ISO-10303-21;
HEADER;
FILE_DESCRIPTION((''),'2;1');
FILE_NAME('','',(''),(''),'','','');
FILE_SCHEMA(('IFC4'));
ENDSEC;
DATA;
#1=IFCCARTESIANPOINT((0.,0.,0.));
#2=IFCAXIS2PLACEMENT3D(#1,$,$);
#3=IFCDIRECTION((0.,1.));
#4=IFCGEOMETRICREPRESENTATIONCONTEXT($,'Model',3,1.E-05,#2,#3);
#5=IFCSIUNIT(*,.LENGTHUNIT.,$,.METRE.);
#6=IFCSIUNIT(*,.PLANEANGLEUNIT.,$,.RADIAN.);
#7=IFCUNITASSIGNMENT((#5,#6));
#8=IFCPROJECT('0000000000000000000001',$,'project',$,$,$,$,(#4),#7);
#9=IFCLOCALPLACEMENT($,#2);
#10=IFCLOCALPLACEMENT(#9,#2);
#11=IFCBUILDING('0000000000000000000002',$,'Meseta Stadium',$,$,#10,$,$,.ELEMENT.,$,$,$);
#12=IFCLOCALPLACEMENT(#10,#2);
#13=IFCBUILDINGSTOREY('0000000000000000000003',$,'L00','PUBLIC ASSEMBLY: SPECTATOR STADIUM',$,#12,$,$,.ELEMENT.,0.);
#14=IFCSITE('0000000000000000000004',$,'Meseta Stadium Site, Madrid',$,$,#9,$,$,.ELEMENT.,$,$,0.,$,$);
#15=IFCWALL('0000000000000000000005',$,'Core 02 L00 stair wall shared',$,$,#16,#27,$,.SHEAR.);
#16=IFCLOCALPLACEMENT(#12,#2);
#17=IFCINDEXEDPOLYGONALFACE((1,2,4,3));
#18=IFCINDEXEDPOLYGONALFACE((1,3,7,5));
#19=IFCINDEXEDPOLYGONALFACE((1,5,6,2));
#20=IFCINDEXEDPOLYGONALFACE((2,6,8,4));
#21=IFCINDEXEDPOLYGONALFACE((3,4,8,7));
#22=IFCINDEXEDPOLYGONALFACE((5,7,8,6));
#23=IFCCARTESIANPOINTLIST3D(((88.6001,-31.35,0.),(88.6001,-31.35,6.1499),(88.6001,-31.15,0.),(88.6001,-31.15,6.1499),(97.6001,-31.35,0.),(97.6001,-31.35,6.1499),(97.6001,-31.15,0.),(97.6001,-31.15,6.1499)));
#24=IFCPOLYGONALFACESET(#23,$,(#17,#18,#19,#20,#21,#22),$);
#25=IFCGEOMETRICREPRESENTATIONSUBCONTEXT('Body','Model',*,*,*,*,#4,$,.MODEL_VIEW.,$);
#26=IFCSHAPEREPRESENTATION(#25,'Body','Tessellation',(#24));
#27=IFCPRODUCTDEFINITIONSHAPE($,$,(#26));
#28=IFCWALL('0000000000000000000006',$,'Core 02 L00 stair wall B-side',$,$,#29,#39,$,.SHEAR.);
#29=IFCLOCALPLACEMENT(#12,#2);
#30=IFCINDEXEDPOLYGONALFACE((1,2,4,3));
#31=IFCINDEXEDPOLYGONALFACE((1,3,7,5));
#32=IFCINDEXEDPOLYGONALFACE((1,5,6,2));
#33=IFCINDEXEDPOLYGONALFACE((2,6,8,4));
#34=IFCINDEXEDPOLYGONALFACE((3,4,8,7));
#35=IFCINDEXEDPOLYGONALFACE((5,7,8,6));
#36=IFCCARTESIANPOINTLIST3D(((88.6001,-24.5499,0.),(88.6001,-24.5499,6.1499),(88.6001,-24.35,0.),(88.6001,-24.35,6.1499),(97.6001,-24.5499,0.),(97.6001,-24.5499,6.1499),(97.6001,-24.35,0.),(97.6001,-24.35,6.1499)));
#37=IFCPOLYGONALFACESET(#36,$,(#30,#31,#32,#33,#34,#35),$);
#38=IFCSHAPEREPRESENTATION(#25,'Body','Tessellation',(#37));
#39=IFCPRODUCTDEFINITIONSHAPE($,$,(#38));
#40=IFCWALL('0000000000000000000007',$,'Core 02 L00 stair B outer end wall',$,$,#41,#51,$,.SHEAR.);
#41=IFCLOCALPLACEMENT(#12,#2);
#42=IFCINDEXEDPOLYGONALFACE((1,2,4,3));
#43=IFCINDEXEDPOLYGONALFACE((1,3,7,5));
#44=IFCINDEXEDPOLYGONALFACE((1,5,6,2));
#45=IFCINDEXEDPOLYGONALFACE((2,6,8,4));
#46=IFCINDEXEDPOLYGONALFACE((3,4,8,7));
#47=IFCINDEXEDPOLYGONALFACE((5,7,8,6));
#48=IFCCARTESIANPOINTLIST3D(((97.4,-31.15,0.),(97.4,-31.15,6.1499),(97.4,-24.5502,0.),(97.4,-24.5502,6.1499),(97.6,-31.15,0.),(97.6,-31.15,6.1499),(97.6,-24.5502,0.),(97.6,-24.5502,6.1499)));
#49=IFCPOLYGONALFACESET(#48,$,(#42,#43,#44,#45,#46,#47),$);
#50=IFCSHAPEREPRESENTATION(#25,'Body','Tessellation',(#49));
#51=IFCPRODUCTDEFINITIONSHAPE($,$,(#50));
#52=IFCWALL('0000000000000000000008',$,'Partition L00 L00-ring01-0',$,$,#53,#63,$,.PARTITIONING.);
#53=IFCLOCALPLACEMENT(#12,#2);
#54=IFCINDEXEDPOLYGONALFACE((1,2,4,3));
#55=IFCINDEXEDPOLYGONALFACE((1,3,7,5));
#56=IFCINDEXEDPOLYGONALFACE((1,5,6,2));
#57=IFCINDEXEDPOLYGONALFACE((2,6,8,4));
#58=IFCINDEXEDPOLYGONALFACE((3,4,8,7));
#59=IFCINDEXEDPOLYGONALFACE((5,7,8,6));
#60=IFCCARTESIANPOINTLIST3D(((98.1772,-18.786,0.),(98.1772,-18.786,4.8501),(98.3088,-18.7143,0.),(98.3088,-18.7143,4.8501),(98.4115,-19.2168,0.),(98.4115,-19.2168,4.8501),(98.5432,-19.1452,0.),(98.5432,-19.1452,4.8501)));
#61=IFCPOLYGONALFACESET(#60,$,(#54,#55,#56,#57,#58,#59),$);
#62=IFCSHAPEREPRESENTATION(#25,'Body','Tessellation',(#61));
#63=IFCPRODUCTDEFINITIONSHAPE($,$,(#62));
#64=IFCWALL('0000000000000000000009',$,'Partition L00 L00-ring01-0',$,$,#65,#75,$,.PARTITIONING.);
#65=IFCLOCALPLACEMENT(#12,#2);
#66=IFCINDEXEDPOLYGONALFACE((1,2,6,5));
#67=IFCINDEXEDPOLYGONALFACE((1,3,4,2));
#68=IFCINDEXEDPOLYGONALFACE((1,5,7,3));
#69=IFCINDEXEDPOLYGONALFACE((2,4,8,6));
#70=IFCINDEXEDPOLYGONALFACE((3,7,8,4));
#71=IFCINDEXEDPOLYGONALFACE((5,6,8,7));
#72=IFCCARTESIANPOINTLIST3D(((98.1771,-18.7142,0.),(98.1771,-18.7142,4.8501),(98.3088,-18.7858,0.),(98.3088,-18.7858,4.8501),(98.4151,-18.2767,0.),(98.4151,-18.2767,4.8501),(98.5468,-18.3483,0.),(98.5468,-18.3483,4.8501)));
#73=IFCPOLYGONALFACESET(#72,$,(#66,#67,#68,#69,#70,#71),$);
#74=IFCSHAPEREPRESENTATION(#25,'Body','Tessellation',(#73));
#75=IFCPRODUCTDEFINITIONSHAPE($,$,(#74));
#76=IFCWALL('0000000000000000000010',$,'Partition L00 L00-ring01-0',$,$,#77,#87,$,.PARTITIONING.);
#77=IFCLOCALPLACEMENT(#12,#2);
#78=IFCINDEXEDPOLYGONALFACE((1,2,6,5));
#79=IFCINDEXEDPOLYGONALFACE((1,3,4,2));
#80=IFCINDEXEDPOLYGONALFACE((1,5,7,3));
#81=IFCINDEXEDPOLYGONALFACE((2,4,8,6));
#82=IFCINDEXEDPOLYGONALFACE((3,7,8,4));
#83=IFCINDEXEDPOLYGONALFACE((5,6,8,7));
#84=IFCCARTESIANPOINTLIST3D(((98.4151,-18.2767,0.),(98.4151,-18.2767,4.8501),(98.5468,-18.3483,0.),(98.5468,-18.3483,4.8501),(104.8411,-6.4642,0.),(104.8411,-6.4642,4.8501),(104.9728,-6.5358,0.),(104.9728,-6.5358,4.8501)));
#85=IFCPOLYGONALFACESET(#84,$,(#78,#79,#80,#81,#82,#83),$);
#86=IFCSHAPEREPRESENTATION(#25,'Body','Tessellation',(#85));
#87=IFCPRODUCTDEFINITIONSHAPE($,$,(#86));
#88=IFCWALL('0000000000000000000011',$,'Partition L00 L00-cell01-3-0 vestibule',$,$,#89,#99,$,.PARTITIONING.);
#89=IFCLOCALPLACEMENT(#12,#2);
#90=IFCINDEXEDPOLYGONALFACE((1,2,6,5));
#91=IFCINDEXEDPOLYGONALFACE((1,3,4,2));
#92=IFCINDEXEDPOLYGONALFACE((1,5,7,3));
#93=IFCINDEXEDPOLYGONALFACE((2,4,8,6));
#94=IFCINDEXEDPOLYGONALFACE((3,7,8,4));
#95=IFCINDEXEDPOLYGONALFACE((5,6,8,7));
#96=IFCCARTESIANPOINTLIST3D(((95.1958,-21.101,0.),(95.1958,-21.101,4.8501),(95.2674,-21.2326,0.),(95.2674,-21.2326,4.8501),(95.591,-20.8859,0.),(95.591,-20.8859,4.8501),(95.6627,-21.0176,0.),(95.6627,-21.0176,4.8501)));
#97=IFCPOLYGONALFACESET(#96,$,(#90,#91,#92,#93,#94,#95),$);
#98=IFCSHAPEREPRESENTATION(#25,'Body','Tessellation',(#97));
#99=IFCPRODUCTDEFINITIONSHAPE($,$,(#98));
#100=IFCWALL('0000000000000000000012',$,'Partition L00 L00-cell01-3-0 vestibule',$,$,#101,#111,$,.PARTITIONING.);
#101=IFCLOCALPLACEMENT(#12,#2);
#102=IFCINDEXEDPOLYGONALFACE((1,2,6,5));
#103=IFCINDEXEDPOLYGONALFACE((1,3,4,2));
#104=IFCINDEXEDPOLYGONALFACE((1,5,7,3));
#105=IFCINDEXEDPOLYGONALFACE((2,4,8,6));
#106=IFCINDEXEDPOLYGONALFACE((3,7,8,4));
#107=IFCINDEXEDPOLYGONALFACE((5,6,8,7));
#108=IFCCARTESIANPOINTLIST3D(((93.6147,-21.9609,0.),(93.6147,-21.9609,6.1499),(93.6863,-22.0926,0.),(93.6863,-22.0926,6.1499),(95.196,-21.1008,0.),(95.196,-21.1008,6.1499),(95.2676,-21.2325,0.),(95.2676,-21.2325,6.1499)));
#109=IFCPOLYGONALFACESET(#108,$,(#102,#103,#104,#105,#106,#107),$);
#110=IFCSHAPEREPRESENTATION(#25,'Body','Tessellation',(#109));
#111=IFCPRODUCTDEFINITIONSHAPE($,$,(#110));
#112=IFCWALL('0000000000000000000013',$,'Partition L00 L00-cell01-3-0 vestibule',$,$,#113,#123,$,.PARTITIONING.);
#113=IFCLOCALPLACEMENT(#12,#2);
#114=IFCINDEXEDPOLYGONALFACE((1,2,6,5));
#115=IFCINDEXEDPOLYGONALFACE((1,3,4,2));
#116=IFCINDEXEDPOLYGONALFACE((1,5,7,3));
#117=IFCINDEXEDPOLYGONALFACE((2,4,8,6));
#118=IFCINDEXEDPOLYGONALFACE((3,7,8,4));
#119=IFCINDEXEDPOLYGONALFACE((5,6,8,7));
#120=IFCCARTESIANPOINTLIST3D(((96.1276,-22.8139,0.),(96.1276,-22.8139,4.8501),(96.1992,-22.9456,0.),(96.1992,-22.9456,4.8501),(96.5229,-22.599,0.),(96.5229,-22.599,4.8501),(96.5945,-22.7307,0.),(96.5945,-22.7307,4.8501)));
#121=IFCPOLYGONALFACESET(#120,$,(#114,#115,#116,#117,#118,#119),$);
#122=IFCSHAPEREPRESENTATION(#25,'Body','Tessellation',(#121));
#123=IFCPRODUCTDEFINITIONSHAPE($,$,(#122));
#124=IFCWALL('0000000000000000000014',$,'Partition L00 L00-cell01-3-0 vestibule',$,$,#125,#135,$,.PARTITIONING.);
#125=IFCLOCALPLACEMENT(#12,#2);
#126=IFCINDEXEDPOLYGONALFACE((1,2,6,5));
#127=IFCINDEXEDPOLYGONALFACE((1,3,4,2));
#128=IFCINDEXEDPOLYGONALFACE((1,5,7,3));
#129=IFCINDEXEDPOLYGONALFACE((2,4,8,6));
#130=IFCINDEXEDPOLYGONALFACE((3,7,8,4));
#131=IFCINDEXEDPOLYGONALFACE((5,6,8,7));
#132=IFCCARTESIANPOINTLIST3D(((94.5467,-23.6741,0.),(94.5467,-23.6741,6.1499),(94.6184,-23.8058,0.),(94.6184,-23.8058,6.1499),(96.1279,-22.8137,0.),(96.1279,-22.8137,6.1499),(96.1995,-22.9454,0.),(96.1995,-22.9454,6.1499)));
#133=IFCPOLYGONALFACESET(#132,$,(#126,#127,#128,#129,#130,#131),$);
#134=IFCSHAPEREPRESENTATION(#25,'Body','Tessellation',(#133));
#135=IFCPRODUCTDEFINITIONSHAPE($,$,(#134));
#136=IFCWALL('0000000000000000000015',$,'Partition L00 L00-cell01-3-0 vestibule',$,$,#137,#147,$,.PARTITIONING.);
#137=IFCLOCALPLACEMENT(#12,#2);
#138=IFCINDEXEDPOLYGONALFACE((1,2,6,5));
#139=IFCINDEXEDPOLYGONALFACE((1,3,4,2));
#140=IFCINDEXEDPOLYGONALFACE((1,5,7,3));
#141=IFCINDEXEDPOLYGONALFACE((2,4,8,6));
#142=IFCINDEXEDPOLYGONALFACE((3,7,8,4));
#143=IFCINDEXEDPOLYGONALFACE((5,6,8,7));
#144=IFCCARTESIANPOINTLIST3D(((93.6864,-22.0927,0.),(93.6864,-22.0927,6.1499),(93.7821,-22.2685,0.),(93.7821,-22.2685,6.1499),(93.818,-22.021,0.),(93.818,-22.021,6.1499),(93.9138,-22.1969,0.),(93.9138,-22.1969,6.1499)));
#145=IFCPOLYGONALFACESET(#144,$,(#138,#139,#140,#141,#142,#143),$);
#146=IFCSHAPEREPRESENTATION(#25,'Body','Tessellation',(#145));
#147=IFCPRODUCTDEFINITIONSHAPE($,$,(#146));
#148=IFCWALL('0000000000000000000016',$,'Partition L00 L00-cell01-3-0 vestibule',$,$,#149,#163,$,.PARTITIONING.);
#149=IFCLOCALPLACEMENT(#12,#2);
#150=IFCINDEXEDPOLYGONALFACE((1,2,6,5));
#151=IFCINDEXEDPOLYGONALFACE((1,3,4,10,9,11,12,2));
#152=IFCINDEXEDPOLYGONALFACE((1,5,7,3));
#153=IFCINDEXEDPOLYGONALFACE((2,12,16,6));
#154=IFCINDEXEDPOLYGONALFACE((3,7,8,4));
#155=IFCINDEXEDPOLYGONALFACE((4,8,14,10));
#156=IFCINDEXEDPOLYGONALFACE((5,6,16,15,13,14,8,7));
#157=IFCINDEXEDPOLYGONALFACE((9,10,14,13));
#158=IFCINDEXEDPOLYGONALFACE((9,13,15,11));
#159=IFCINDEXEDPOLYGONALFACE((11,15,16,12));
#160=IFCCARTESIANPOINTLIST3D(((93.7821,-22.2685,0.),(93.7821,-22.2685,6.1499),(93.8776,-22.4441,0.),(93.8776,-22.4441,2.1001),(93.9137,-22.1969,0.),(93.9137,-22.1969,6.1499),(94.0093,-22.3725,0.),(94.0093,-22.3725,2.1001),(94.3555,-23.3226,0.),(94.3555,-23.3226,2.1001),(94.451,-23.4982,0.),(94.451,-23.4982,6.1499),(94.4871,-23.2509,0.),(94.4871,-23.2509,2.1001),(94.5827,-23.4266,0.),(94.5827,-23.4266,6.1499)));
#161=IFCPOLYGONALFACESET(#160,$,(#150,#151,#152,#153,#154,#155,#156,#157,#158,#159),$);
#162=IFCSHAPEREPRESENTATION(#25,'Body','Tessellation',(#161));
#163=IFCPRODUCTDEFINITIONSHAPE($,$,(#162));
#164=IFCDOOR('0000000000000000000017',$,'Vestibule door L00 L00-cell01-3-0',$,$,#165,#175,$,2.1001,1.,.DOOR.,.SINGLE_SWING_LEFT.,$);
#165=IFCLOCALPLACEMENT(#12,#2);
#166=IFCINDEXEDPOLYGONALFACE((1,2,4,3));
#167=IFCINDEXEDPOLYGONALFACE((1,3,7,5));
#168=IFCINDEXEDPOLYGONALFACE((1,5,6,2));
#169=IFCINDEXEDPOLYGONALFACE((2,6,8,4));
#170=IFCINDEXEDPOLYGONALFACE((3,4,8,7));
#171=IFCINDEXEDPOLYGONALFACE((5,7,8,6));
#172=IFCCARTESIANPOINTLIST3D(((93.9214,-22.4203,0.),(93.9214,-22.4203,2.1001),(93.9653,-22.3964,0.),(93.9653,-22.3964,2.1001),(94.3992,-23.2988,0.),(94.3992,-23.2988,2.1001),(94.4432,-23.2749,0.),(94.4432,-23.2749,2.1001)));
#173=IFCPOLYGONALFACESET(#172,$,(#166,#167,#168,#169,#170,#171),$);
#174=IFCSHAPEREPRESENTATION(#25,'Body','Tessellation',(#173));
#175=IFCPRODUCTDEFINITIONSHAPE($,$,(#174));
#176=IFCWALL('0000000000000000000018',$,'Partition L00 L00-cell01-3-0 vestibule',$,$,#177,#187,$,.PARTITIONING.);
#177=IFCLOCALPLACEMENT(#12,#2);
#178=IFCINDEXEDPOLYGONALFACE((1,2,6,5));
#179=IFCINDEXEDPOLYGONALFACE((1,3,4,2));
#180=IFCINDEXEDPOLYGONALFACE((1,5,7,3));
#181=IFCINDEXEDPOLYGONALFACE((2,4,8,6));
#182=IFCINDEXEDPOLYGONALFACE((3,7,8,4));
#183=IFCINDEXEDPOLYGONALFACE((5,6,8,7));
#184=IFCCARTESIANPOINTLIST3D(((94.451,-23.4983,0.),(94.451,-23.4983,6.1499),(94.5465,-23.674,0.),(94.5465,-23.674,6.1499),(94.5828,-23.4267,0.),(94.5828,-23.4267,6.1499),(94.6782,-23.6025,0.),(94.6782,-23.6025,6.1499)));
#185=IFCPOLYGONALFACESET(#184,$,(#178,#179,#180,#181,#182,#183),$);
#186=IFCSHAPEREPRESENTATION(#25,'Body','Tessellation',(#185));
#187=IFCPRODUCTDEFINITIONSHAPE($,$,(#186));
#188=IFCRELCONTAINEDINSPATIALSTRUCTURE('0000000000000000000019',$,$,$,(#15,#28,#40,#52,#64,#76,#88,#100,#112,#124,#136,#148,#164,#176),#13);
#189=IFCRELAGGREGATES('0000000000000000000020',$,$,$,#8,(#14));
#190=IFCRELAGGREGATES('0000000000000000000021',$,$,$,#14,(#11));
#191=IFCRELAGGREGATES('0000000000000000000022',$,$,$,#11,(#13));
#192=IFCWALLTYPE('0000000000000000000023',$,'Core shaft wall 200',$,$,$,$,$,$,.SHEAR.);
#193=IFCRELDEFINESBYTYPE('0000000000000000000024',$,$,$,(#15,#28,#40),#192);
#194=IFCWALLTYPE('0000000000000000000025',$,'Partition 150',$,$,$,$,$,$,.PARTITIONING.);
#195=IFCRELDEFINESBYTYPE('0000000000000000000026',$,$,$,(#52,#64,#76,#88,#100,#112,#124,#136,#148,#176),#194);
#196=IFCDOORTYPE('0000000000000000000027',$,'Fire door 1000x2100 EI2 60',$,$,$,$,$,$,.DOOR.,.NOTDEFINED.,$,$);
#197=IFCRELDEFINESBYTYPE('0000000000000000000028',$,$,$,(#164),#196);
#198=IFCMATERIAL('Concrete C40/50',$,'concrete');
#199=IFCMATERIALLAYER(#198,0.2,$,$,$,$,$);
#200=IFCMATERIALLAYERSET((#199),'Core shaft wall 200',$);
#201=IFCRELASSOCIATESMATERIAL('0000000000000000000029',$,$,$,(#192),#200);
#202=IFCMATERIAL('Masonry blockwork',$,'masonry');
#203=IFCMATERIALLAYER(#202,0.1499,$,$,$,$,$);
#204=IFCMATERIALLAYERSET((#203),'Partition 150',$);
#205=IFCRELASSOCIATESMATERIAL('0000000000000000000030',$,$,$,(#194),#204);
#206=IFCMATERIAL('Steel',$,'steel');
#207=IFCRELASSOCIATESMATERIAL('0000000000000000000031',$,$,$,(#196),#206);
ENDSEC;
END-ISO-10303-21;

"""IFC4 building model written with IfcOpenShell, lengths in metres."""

from ifc_helpers import new_model, si_unit, direction, frame, frame_2d, origin, place, context, subcontext, project, spatial, rectangle, extrude, material, layer, layer_set, type_object, element, fill, save


model = new_model("IFC4")

# Units and contexts
model_context = context("Model", 3, precision=1e-05, world=origin(), true_north=direction((0.0, 1.0)))
body_context = subcontext(model_context, "Body", "Model", "MODEL_VIEW")
ifc_project = project(units=[si_unit("LENGTHUNIT", "METRE"), si_unit("PLANEANGLEUNIT", "RADIAN")], contexts=[model_context])

# Site, building, storey
site_placement = place(None, origin())
site = spatial("IfcSite", under=ifc_project, at=site_placement, Name="Meseta Stadium Site, Madrid", CompositionType="ELEMENT", RefElevation=0.0)
building_placement = place(site_placement, origin())
building = spatial("IfcBuilding", under=site, at=building_placement, Name="Meseta Stadium", CompositionType="ELEMENT")
storey_placement = place(building_placement, origin())
storey = spatial("IfcBuildingStorey", under=building, at=storey_placement, Name="L00", Description="PUBLIC ASSEMBLY: SPECTATOR STADIUM", CompositionType="ELEMENT", Elevation=0.0)

# Walls
ifc_material_1 = material(Name="Concrete C40/50", Category="concrete")
ifc_layer_1 = layer(ifc_material_1, 0.2)
ifc_layer_set_1 = layer_set([ifc_layer_1], Name="Core shaft wall 200")
wall_type_1 = type_object("IfcWallType", Name="Core shaft wall 200", PredefinedType="SHEAR", material=ifc_layer_set_1)
for number, where, z_axis, x_axis, name in (
    (1, (97.6001, -31.25, 0.0), (0.0, 0.0, 1.0), (-1.0, 0.0, 0.0), "Core 02 L00 stair wall shared"),
    (2, (97.6001, -24.45, 0.0), (0.0, 0.0, 1.0), (-1.0, 0.0, 0.0), "Core 02 L00 stair wall B-side"),
):
    element("IfcWall", number, at=place(storey_placement, frame(where, z_axis=z_axis, x_axis=x_axis)), inside=storey, type_object=wall_type_1, Name=name, PredefinedType="SHEAR", context=body_context, shape_type="SweptSolid", body=[
        extrude(rectangle(XDim=9.0, YDim=0.2, at=frame_2d((4.5, 0.0))), origin(), (0.0, 0.0, 1.0), 6.1499),
    ])
wall_1_placement = place(storey_placement, frame((97.5, -31.1499, 0.0), z_axis=(0.0, 0.0, 1.0), x_axis=(0.0, 1.0, 0.0)))
element("IfcWall", 3, at=wall_1_placement, inside=storey, type_object=wall_type_1, Name="Core 02 L00 stair B outer end wall", PredefinedType="SHEAR", context=body_context, shape_type="SweptSolid", body=[
    extrude(rectangle(XDim=6.5999, YDim=0.2, at=frame_2d((3.2998, 0.0))), origin(), (0.0, 0.0, 1.0), 6.1499),
])
ifc_material_2 = material(Name="Masonry blockwork", Category="masonry")
ifc_layer_2 = layer(ifc_material_2, 0.1499)
ifc_layer_set_2 = layer_set([ifc_layer_2], Name="Partition 150")
wall_type_2 = type_object("IfcWallType", Name="Partition 150", PredefinedType="PARTITIONING", material=ifc_layer_set_2)
wall_2_placement = place(storey_placement, frame((98.4773, -19.1809, 0.0), z_axis=(0.0, 0.0, 1.0), x_axis=(-0.477806, 0.878466, 0.0)))
element("IfcWall", 4, at=wall_2_placement, inside=storey, type_object=wall_type_2, Name="Partition L00 L00-ring01-0", PredefinedType="PARTITIONING", context=body_context, shape_type="SweptSolid", body=[
    extrude(rectangle(XDim=0.4905, YDim=0.1499, at=frame_2d((0.2451, 0.0))), origin(), (0.0, 0.0, 1.0), 4.8501),
])
wall_3_placement = place(storey_placement, frame((98.2429, -18.75, 0.0), z_axis=(0.0, 0.0, 1.0), x_axis=(0.477925, 0.878401, 0.0)))
element("IfcWall", 5, at=wall_3_placement, inside=storey, type_object=wall_type_2, Name="Partition L00 L00-ring01-0", PredefinedType="PARTITIONING", context=body_context, shape_type="SweptSolid", body=[
    extrude(rectangle(XDim=0.498, YDim=0.1499, at=frame_2d((0.249, 0.0))), origin(), (0.0, 0.0, 1.0), 4.8501),
])
wall_4_placement = place(storey_placement, frame((98.481, -18.3125, 0.0), z_axis=(0.0, 0.0, 1.0), x_axis=(0.477869, 0.878431, 0.0)))
element("IfcWall", 6, at=wall_4_placement, inside=storey, type_object=wall_type_2, Name="Partition L00 L00-ring01-0", PredefinedType="PARTITIONING", context=body_context, shape_type="SweptSolid", body=[
    extrude(rectangle(XDim=13.4473, YDim=0.1499, at=frame_2d((6.7236, 0.0))), origin(), (0.0, 0.0, 1.0), 4.8501),
])
wall_5_placement = place(storey_placement, frame((95.627, -20.9517, 0.0), z_axis=(0.0, 0.0, 1.0), x_axis=(-0.878372, -0.477978, 0.0)))
element("IfcWall", 7, at=wall_5_placement, inside=storey, type_object=wall_type_2, Name="Partition L00 L00-cell01-3-0 vestibule", PredefinedType="PARTITIONING", context=body_context, shape_type="SweptSolid", body=[
    extrude(rectangle(XDim=0.45, YDim=0.1499, at=frame_2d((0.2251, 0.0))), origin(), (0.0, 0.0, 1.0), 4.8501),
])
wall_6_placement = place(storey_placement, frame((95.2317, -21.1667, 0.0), z_axis=(0.0, 0.0, 1.0), x_axis=(-0.87846, -0.477816, 0.0)))
element("IfcWall", 8, at=wall_6_placement, inside=storey, type_object=wall_type_2, Name="Partition L00 L00-cell01-3-0 vestibule", PredefinedType="PARTITIONING", context=body_context, shape_type="SweptSolid", body=[
    extrude(rectangle(XDim=1.8, YDim=0.1499, at=frame_2d((0.8999, 0.0))), origin(), (0.0, 0.0, 1.0), 6.1499),
])
wall_7_placement = place(storey_placement, frame((96.5588, -22.6648, 0.0), z_axis=(0.0, 0.0, 1.0), x_axis=(-0.8786, -0.477559, 0.0)))
element("IfcWall", 9, at=wall_7_placement, inside=storey, type_object=wall_type_2, Name="Partition L00 L00-cell01-3-0 vestibule", PredefinedType="PARTITIONING", context=body_context, shape_type="SweptSolid", body=[
    extrude(rectangle(XDim=0.45, YDim=0.1499, at=frame_2d((0.2251, 0.0))), origin(), (0.0, 0.0, 1.0), 4.8501),
])
wall_8_placement = place(storey_placement, frame((96.1636, -22.8796, 0.0), z_axis=(0.0, 0.0, 1.0), x_axis=(-0.878372, -0.477978, 0.0)))
element("IfcWall", 10, at=wall_8_placement, inside=storey, type_object=wall_type_2, Name="Partition L00 L00-cell01-3-0 vestibule", PredefinedType="PARTITIONING", context=body_context, shape_type="SweptSolid", body=[
    extrude(rectangle(XDim=1.8, YDim=0.1499, at=frame_2d((0.8999, 0.0))), origin(), (0.0, 0.0, 1.0), 6.1499),
])
wall_9_placement = place(storey_placement, frame((93.7522, -22.0569, 0.0), z_axis=(0.0, 0.0, 1.0), x_axis=(0.478168, -0.878268, 0.0)))
element("IfcWall", 11, at=wall_9_placement, inside=storey, type_object=wall_type_2, Name="Partition L00 L00-cell01-3-0 vestibule", PredefinedType="PARTITIONING", context=body_context, shape_type="SweptSolid", body=[
    extrude(rectangle(XDim=0.2002, YDim=0.1499, at=frame_2d((0.1001, 0.0))), origin(), (0.0, 0.0, 1.0), 6.1499),
])

# Wall, opening, door
wall_10_placement = place(storey_placement, frame((93.8479, -22.2327, 0.0), z_axis=(0.0, 0.0, 1.0), x_axis=(0.47785, -0.878442, 0.0)))
wall_10 = element("IfcWall", 12, at=wall_10_placement, inside=storey, type_object=wall_type_2, Name="Partition L00 L00-cell01-3-0 vestibule", PredefinedType="PARTITIONING", context=body_context, shape_type="SweptSolid", body=[
    extrude(rectangle(XDim=1.3999, YDim=0.1499, at=frame_2d((0.7, 0.0))), origin(), (0.0, 0.0, 1.0), 6.1499),
])
opening_1_placement = place(wall_10_placement, frame((0.2, 0.0, 0.0)))
opening_1 = element("IfcOpeningElement", 13, at=opening_1_placement, cuts=wall_10, PredefinedType="OPENING", context=body_context, shape_type="SweptSolid", body=[
    extrude(rectangle(XDim=1.0, YDim=2.1001, at=frame_2d((0.5, 1.05))), frame((0.0, 0.085, 0.0), z_axis=(0.0, -1.0, 0.0), x_axis=(1.0, 0.0, 0.0)), (0.0, 0.0, 1.0), 0.1699),
])
ifc_material_3 = material(Name="Steel", Category="steel")
door_type = type_object("IfcDoorType", Name="Fire door 1000x2100 EI2 60", OperationType="NOTDEFINED", PredefinedType="DOOR", material=ifc_material_3)
door_1_placement = place(opening_1_placement, origin())
door_1 = element("IfcDoor", 14, at=door_1_placement, inside=storey, type_object=door_type, Name="Vestibule door L00 L00-cell01-3-0", OperationType="SINGLE_SWING_LEFT", OverallHeight=2.1001, OverallWidth=1.0, PredefinedType="DOOR", context=body_context, shape_type="SweptSolid", body=[
    extrude(rectangle(XDim=1.0, YDim=2.1001, at=frame_2d((0.5, 1.05))), frame((0.0, 0.0249, 0.0), z_axis=(0.0, -1.0, 0.0), x_axis=(1.0, 0.0, 0.0)), (0.0, 0.0, 1.0), 0.05),
])
fill(opening_1, door_1)

# Wall
wall_11_placement = place(storey_placement, frame((94.5168, -23.4624, 0.0), z_axis=(0.0, 0.0, 1.0), x_axis=(0.477227, -0.87878, 0.0)))
element("IfcWall", 15, at=wall_11_placement, inside=storey, type_object=wall_type_2, Name="Partition L00 L00-cell01-3-0 vestibule", PredefinedType="PARTITIONING", context=body_context, shape_type="SweptSolid", body=[
    extrude(rectangle(XDim=0.2, YDim=0.1499, at=frame_2d((0.1001, 0.0))), origin(), (0.0, 0.0, 1.0), 6.1499),
])

save(model, "model.ifc")
